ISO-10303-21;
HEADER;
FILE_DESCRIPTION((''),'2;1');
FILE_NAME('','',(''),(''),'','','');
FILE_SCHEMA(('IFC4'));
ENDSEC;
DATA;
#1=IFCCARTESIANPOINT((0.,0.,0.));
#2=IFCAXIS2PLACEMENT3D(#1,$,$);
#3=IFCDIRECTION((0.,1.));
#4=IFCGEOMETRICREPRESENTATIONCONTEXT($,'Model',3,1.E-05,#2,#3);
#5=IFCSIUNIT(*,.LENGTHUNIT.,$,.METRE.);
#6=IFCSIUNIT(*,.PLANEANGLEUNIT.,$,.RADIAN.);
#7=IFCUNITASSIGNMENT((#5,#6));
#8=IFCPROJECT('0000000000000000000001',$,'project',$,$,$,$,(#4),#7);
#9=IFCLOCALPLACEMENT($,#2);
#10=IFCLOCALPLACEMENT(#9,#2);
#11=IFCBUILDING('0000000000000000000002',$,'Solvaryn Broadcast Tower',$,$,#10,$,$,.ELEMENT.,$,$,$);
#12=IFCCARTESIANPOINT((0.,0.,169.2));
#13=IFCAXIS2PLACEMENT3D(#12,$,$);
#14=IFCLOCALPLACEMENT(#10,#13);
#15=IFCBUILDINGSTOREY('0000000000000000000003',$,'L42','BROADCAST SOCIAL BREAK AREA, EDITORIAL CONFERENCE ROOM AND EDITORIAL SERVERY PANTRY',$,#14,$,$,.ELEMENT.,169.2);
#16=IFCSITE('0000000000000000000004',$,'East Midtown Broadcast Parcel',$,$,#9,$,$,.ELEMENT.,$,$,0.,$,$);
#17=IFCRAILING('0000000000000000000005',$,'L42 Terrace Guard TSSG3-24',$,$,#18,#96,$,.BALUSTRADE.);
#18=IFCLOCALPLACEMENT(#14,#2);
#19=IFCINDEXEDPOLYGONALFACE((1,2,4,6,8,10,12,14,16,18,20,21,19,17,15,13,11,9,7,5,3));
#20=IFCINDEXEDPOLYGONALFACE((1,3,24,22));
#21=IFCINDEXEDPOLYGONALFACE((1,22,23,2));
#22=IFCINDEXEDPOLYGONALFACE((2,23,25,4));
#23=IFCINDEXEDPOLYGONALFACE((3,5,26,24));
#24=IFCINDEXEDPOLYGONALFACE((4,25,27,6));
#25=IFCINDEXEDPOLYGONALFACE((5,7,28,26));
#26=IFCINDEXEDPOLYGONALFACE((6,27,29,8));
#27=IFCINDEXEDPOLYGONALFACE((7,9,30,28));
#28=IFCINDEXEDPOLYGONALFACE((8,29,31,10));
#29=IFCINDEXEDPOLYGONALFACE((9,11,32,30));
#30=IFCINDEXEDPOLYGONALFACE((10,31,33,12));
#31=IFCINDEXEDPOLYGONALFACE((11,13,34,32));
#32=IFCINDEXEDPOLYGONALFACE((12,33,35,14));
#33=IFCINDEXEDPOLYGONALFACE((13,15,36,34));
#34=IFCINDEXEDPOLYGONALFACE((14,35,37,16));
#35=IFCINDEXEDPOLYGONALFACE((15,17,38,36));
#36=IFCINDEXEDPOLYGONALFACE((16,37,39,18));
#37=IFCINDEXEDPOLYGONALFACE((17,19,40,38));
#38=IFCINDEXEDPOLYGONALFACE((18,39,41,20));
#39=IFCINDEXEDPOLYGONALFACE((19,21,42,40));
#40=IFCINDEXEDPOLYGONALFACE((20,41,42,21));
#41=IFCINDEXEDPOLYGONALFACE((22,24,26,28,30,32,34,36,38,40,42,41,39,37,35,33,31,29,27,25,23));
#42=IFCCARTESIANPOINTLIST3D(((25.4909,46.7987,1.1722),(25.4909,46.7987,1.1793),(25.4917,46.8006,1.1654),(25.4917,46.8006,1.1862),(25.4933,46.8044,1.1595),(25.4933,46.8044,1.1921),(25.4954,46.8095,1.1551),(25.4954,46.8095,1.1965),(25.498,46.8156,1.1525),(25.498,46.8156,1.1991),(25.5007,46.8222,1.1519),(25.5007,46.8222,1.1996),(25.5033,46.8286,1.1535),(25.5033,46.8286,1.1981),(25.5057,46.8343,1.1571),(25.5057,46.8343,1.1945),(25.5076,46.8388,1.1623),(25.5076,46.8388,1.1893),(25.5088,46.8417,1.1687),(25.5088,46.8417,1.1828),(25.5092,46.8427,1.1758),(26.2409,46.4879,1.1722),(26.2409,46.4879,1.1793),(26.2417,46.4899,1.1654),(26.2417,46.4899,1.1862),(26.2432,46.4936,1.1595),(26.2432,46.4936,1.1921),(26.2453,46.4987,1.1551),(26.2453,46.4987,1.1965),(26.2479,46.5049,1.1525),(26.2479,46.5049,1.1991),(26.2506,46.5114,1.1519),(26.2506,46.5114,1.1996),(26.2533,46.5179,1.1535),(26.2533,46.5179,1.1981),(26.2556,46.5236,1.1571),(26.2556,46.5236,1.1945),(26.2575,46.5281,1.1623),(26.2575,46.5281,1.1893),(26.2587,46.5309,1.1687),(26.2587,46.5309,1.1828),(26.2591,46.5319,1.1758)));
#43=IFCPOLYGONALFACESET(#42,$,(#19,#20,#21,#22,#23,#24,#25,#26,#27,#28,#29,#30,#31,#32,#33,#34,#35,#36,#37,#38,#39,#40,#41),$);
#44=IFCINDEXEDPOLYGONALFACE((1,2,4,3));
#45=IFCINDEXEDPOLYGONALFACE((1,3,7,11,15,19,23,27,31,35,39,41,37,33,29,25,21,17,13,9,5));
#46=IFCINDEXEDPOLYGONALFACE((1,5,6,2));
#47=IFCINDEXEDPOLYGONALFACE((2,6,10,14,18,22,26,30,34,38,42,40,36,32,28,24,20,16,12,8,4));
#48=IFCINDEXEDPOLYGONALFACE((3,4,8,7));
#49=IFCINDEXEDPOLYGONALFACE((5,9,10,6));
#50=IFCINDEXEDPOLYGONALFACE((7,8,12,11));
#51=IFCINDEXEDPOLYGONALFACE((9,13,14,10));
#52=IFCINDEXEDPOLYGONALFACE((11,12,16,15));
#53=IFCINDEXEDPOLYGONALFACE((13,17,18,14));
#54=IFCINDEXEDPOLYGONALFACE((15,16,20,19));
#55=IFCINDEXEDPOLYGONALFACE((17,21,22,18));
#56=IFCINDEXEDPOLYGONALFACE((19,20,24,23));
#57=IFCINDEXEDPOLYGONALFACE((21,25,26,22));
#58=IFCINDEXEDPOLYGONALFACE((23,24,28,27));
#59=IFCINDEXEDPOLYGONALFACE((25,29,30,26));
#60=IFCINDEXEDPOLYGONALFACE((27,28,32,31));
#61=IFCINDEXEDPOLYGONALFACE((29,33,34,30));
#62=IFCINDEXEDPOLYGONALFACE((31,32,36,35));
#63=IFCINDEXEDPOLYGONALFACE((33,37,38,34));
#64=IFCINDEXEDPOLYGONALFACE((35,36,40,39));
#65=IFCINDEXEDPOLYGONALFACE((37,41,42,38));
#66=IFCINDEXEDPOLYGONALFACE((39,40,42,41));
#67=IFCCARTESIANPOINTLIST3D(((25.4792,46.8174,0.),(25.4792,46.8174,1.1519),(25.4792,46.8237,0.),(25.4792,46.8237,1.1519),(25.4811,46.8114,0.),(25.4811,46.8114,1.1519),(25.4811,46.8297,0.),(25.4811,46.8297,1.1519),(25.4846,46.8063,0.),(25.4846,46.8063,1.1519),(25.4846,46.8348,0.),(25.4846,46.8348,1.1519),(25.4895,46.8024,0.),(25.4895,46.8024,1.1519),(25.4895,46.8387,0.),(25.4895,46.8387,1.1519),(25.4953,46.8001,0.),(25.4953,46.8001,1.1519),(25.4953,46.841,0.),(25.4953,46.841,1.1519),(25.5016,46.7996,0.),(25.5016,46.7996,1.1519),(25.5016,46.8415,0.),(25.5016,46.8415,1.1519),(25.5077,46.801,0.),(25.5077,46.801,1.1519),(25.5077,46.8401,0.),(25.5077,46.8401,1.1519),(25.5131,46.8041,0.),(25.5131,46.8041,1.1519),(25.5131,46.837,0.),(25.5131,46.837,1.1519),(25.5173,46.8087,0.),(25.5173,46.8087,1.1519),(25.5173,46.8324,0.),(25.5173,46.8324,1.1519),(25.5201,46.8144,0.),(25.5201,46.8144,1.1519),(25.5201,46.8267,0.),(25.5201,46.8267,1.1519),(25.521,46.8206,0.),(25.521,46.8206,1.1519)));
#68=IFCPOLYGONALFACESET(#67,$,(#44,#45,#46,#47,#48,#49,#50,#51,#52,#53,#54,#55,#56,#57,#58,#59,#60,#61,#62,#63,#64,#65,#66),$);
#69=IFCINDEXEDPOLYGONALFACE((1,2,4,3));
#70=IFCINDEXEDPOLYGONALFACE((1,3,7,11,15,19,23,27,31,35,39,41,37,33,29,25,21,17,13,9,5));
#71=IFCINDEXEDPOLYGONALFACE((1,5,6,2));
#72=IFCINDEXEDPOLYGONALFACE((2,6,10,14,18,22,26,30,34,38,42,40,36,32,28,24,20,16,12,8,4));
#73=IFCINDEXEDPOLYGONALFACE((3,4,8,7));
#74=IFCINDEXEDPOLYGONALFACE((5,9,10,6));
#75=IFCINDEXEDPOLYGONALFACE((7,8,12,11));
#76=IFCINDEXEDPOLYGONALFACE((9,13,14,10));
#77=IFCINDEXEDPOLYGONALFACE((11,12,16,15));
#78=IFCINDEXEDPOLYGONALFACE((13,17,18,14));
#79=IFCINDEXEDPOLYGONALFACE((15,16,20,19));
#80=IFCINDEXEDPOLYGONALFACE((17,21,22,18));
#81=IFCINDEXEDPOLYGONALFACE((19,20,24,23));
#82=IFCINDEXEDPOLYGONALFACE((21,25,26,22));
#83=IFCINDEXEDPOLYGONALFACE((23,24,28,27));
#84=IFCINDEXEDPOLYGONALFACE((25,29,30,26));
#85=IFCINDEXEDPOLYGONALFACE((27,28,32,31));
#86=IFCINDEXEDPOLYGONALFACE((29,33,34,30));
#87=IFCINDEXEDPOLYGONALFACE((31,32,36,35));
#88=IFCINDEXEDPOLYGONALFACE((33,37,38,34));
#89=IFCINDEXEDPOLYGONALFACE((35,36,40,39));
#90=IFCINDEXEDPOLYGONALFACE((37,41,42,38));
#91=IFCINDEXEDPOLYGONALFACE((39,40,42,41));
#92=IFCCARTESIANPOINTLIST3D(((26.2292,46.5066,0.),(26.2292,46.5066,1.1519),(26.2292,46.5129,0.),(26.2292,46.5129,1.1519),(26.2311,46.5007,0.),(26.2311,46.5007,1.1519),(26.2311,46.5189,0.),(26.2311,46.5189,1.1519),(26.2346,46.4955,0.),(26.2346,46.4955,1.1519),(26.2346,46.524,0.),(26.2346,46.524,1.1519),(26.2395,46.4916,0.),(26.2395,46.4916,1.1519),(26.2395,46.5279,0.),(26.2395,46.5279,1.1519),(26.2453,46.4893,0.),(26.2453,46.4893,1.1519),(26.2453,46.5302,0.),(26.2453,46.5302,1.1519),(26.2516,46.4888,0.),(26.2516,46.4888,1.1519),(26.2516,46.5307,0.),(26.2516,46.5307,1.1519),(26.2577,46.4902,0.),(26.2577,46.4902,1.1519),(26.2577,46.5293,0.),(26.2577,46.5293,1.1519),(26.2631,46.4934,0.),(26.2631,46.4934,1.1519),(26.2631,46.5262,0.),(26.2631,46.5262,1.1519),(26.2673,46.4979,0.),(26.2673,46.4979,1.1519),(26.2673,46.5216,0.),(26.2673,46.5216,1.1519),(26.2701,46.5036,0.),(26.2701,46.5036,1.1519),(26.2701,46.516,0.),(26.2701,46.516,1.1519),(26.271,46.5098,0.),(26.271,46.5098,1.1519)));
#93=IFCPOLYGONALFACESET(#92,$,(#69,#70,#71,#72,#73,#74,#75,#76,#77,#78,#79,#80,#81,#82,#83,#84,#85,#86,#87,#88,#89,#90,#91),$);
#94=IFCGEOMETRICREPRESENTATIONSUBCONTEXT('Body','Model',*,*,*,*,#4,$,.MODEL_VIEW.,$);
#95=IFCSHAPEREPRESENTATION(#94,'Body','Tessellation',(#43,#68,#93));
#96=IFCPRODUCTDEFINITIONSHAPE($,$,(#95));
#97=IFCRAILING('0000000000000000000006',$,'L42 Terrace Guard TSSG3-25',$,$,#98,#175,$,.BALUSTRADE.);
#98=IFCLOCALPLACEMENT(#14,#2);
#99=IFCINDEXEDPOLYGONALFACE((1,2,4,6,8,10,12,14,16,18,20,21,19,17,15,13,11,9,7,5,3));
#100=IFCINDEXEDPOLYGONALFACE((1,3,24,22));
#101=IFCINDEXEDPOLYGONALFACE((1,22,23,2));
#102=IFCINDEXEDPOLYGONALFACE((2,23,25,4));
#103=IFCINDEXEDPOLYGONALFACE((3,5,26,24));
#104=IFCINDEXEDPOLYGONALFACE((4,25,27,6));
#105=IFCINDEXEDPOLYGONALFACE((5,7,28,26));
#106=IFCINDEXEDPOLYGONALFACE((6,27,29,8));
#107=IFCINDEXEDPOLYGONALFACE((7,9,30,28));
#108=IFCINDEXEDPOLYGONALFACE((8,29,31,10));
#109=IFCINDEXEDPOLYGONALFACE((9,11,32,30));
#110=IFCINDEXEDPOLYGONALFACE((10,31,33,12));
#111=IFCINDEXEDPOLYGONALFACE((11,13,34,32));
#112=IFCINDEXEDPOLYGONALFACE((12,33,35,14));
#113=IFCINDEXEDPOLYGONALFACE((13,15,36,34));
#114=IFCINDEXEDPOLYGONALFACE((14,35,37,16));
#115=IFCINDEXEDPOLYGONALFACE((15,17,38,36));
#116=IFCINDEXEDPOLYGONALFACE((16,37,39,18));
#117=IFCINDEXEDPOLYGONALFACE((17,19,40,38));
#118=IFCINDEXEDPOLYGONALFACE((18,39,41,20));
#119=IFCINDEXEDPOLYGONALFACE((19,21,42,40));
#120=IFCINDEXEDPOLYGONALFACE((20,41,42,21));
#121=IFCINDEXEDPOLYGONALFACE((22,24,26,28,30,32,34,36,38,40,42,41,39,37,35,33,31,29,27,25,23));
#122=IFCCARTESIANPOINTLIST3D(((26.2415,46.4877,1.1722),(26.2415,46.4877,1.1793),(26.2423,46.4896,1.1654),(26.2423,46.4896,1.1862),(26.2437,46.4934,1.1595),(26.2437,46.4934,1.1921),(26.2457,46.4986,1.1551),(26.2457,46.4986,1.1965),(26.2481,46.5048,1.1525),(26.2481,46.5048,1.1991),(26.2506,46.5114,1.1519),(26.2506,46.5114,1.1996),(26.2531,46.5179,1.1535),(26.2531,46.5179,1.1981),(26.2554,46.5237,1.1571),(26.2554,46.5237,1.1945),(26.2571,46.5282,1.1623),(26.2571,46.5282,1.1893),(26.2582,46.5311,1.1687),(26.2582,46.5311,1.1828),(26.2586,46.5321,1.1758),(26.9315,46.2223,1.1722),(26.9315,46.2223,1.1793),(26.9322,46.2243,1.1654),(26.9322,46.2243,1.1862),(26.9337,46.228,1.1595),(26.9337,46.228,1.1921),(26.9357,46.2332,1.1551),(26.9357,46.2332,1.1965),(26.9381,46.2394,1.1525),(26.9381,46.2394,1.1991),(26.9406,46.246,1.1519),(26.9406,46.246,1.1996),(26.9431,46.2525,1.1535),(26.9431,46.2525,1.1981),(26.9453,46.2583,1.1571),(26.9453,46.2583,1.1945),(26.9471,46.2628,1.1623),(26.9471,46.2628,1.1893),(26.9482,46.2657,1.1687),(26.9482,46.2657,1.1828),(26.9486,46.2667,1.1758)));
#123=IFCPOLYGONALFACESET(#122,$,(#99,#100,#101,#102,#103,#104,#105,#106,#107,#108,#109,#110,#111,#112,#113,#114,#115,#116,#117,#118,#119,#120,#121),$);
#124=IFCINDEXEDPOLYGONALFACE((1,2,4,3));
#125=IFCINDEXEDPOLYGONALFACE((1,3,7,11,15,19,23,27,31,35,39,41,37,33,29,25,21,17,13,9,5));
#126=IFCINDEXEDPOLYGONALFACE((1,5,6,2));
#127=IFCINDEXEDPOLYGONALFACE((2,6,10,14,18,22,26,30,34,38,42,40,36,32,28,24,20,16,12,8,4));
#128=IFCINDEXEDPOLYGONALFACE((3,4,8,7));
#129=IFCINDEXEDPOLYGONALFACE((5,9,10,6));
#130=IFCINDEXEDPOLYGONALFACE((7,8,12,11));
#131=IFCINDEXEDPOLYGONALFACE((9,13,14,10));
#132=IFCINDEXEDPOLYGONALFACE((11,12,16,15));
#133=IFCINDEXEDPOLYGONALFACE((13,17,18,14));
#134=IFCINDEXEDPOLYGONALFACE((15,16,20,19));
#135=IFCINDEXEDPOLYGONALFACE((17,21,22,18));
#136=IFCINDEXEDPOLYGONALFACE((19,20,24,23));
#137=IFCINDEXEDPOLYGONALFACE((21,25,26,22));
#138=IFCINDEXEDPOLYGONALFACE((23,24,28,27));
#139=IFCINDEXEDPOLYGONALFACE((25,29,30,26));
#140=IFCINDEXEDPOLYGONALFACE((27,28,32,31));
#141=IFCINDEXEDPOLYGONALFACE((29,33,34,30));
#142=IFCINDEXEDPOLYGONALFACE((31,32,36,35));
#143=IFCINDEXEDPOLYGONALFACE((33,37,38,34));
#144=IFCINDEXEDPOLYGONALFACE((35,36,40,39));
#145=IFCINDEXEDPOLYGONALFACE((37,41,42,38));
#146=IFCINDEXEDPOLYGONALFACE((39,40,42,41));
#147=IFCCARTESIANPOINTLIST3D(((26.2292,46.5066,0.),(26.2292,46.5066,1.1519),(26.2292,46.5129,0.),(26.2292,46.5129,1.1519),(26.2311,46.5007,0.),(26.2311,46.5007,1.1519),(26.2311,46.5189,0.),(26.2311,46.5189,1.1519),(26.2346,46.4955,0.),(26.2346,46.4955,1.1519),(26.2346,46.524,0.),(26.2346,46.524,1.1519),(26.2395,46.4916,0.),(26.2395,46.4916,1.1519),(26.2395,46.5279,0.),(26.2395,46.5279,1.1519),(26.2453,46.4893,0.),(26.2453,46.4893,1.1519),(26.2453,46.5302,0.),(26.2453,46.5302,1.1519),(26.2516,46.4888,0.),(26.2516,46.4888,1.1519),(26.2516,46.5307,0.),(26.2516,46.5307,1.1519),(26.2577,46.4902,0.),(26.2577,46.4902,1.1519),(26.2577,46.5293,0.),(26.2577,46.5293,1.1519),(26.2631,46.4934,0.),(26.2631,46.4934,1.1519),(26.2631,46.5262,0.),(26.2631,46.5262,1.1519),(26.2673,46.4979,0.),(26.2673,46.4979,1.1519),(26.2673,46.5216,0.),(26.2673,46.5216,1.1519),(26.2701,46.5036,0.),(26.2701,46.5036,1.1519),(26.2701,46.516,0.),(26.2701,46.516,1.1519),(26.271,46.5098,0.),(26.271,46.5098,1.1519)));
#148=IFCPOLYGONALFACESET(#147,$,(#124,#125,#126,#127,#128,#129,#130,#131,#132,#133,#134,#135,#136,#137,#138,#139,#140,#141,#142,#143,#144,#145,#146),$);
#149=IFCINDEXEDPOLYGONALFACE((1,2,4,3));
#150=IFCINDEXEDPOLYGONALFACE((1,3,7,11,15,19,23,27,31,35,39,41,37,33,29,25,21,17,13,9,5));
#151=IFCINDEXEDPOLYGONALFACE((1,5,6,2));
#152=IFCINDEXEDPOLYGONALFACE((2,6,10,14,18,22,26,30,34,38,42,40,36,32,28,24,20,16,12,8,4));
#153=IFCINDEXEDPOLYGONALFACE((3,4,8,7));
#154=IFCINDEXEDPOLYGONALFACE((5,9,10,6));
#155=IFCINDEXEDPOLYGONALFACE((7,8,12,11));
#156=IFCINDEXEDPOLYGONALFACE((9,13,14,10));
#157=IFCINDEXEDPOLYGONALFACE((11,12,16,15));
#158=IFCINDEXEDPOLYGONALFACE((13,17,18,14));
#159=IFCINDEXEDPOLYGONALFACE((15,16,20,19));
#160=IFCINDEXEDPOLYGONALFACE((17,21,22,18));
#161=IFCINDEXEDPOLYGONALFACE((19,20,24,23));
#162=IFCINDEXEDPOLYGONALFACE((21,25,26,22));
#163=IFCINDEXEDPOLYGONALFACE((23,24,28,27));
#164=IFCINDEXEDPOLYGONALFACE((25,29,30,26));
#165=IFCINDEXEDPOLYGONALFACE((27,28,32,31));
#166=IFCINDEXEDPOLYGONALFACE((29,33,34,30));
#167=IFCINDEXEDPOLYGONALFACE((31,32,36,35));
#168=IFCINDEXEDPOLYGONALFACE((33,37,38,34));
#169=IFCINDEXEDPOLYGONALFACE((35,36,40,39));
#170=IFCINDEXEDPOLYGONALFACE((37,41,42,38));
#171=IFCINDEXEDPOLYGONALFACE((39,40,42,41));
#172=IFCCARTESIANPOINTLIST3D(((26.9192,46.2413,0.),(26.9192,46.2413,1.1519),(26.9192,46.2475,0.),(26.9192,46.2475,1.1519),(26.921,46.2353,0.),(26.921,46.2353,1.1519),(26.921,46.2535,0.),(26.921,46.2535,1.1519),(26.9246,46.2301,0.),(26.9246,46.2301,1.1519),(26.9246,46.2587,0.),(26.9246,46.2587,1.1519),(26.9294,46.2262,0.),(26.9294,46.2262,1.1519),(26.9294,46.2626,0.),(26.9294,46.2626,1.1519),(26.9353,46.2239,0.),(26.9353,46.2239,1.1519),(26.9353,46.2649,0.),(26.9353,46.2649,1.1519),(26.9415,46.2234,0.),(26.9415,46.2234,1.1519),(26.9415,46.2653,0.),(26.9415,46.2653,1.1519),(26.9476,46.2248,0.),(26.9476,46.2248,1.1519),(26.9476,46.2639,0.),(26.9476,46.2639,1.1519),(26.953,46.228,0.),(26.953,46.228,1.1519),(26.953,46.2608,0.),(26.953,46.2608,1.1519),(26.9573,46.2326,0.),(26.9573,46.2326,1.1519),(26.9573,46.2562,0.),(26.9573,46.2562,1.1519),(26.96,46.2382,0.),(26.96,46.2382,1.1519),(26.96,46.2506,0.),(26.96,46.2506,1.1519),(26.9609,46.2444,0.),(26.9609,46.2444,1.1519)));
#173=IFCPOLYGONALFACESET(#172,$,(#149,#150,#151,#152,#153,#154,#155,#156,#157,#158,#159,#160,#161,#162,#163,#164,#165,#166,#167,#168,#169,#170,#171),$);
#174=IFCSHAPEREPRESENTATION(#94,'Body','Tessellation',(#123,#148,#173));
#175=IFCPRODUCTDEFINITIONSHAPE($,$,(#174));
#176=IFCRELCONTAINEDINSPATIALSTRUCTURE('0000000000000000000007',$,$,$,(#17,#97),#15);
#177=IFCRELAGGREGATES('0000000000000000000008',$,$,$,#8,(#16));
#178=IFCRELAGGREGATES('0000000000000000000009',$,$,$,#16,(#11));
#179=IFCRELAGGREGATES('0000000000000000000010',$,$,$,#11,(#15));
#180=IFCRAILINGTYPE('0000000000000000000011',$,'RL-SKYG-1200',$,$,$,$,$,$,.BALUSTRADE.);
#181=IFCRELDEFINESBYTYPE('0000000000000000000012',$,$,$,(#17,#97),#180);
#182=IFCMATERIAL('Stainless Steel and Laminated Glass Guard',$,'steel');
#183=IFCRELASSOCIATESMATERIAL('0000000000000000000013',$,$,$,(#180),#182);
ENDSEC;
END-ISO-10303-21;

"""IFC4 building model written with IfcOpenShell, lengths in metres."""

from ifc_helpers import new_model, si_unit, direction, frame, origin, origin_2d, place, context, subcontext, project, spatial, circle, extrude, material, type_object, element, save


model = new_model("IFC4")

# Units and contexts
model_context = context("Model", 3, precision=1e-05, world=origin(), true_north=direction((0.0, 1.0)))
body_context = subcontext(model_context, "Body", "Model", "MODEL_VIEW")
ifc_project = project(units=[si_unit("LENGTHUNIT", "METRE"), si_unit("PLANEANGLEUNIT", "RADIAN")], contexts=[model_context])

# Site, building, storey
site_placement = place(None, origin())
site = spatial("IfcSite", under=ifc_project, at=site_placement, Name="East Midtown Broadcast Parcel", CompositionType="ELEMENT", RefElevation=0.0)
building_placement = place(site_placement, origin())
building = spatial("IfcBuilding", under=site, at=building_placement, Name="Solvaryn Broadcast Tower", CompositionType="ELEMENT")
storey_placement = place(building_placement, frame((0.0, 0.0, 169.2)))
storey = spatial("IfcBuildingStorey", under=building, at=storey_placement, Name="L42", Description="BROADCAST SOCIAL BREAK AREA, EDITORIAL CONFERENCE ROOM AND EDITORIAL SERVERY PANTRY", CompositionType="ELEMENT", Elevation=169.2)

# Railings
ifc_material_1 = material(Name="Stainless Steel and Laminated Glass Guard", Category="steel")
railing_type = type_object("IfcRailingType", Name="RL-SKYG-1200", PredefinedType="BALUSTRADE", material=ifc_material_1)
railing_1_placement = place(storey_placement, frame((25.5, 46.8206, 0.0)))
element("IfcRailing", 1, at=railing_1_placement, inside=storey, type_object=railing_type, Name="L42 Terrace Guard TSSG3-24", PredefinedType="BALUSTRADE", context=body_context, shape_type="SweptSolid", body=[
    extrude(circle(Radius=0.0239, at=origin_2d()), frame((0.0, 0.0, 1.1758), z_axis=(0.923823, -0.382821, 0.0), x_axis=(0.382821, 0.923823, 0.0)), (0.0, 0.0, 1.0), 0.8118),
    extrude(circle(Radius=0.021, at=origin_2d()), origin(), (0.0, 0.0, 1.0), 1.1519),
    extrude(circle(Radius=0.021, at=origin_2d()), frame((0.75, -0.3108, 0.0)), (0.0, 0.0, 1.0), 1.1519),
])
railing_2_placement = place(storey_placement, frame((26.25, 46.5098, 0.0)))
element("IfcRailing", 2, at=railing_2_placement, inside=storey, type_object=railing_type, Name="L42 Terrace Guard TSSG3-25", PredefinedType="BALUSTRADE", context=body_context, shape_type="SweptSolid", body=[
    extrude(circle(Radius=0.0239, at=origin_2d()), frame((0.0, 0.0, 1.1758), z_axis=(0.933337, -0.359001, 0.0), x_axis=(0.359001, 0.933337, 0.0)), (0.0, 0.0, 1.0), 0.7393),
    extrude(circle(Radius=0.021, at=origin_2d()), origin(), (0.0, 0.0, 1.0), 1.1519),
    extrude(circle(Radius=0.021, at=origin_2d()), frame((0.6899, -0.2654, 0.0)), (0.0, 0.0, 1.0), 1.1519),
])

save(model, "model.ifc")
